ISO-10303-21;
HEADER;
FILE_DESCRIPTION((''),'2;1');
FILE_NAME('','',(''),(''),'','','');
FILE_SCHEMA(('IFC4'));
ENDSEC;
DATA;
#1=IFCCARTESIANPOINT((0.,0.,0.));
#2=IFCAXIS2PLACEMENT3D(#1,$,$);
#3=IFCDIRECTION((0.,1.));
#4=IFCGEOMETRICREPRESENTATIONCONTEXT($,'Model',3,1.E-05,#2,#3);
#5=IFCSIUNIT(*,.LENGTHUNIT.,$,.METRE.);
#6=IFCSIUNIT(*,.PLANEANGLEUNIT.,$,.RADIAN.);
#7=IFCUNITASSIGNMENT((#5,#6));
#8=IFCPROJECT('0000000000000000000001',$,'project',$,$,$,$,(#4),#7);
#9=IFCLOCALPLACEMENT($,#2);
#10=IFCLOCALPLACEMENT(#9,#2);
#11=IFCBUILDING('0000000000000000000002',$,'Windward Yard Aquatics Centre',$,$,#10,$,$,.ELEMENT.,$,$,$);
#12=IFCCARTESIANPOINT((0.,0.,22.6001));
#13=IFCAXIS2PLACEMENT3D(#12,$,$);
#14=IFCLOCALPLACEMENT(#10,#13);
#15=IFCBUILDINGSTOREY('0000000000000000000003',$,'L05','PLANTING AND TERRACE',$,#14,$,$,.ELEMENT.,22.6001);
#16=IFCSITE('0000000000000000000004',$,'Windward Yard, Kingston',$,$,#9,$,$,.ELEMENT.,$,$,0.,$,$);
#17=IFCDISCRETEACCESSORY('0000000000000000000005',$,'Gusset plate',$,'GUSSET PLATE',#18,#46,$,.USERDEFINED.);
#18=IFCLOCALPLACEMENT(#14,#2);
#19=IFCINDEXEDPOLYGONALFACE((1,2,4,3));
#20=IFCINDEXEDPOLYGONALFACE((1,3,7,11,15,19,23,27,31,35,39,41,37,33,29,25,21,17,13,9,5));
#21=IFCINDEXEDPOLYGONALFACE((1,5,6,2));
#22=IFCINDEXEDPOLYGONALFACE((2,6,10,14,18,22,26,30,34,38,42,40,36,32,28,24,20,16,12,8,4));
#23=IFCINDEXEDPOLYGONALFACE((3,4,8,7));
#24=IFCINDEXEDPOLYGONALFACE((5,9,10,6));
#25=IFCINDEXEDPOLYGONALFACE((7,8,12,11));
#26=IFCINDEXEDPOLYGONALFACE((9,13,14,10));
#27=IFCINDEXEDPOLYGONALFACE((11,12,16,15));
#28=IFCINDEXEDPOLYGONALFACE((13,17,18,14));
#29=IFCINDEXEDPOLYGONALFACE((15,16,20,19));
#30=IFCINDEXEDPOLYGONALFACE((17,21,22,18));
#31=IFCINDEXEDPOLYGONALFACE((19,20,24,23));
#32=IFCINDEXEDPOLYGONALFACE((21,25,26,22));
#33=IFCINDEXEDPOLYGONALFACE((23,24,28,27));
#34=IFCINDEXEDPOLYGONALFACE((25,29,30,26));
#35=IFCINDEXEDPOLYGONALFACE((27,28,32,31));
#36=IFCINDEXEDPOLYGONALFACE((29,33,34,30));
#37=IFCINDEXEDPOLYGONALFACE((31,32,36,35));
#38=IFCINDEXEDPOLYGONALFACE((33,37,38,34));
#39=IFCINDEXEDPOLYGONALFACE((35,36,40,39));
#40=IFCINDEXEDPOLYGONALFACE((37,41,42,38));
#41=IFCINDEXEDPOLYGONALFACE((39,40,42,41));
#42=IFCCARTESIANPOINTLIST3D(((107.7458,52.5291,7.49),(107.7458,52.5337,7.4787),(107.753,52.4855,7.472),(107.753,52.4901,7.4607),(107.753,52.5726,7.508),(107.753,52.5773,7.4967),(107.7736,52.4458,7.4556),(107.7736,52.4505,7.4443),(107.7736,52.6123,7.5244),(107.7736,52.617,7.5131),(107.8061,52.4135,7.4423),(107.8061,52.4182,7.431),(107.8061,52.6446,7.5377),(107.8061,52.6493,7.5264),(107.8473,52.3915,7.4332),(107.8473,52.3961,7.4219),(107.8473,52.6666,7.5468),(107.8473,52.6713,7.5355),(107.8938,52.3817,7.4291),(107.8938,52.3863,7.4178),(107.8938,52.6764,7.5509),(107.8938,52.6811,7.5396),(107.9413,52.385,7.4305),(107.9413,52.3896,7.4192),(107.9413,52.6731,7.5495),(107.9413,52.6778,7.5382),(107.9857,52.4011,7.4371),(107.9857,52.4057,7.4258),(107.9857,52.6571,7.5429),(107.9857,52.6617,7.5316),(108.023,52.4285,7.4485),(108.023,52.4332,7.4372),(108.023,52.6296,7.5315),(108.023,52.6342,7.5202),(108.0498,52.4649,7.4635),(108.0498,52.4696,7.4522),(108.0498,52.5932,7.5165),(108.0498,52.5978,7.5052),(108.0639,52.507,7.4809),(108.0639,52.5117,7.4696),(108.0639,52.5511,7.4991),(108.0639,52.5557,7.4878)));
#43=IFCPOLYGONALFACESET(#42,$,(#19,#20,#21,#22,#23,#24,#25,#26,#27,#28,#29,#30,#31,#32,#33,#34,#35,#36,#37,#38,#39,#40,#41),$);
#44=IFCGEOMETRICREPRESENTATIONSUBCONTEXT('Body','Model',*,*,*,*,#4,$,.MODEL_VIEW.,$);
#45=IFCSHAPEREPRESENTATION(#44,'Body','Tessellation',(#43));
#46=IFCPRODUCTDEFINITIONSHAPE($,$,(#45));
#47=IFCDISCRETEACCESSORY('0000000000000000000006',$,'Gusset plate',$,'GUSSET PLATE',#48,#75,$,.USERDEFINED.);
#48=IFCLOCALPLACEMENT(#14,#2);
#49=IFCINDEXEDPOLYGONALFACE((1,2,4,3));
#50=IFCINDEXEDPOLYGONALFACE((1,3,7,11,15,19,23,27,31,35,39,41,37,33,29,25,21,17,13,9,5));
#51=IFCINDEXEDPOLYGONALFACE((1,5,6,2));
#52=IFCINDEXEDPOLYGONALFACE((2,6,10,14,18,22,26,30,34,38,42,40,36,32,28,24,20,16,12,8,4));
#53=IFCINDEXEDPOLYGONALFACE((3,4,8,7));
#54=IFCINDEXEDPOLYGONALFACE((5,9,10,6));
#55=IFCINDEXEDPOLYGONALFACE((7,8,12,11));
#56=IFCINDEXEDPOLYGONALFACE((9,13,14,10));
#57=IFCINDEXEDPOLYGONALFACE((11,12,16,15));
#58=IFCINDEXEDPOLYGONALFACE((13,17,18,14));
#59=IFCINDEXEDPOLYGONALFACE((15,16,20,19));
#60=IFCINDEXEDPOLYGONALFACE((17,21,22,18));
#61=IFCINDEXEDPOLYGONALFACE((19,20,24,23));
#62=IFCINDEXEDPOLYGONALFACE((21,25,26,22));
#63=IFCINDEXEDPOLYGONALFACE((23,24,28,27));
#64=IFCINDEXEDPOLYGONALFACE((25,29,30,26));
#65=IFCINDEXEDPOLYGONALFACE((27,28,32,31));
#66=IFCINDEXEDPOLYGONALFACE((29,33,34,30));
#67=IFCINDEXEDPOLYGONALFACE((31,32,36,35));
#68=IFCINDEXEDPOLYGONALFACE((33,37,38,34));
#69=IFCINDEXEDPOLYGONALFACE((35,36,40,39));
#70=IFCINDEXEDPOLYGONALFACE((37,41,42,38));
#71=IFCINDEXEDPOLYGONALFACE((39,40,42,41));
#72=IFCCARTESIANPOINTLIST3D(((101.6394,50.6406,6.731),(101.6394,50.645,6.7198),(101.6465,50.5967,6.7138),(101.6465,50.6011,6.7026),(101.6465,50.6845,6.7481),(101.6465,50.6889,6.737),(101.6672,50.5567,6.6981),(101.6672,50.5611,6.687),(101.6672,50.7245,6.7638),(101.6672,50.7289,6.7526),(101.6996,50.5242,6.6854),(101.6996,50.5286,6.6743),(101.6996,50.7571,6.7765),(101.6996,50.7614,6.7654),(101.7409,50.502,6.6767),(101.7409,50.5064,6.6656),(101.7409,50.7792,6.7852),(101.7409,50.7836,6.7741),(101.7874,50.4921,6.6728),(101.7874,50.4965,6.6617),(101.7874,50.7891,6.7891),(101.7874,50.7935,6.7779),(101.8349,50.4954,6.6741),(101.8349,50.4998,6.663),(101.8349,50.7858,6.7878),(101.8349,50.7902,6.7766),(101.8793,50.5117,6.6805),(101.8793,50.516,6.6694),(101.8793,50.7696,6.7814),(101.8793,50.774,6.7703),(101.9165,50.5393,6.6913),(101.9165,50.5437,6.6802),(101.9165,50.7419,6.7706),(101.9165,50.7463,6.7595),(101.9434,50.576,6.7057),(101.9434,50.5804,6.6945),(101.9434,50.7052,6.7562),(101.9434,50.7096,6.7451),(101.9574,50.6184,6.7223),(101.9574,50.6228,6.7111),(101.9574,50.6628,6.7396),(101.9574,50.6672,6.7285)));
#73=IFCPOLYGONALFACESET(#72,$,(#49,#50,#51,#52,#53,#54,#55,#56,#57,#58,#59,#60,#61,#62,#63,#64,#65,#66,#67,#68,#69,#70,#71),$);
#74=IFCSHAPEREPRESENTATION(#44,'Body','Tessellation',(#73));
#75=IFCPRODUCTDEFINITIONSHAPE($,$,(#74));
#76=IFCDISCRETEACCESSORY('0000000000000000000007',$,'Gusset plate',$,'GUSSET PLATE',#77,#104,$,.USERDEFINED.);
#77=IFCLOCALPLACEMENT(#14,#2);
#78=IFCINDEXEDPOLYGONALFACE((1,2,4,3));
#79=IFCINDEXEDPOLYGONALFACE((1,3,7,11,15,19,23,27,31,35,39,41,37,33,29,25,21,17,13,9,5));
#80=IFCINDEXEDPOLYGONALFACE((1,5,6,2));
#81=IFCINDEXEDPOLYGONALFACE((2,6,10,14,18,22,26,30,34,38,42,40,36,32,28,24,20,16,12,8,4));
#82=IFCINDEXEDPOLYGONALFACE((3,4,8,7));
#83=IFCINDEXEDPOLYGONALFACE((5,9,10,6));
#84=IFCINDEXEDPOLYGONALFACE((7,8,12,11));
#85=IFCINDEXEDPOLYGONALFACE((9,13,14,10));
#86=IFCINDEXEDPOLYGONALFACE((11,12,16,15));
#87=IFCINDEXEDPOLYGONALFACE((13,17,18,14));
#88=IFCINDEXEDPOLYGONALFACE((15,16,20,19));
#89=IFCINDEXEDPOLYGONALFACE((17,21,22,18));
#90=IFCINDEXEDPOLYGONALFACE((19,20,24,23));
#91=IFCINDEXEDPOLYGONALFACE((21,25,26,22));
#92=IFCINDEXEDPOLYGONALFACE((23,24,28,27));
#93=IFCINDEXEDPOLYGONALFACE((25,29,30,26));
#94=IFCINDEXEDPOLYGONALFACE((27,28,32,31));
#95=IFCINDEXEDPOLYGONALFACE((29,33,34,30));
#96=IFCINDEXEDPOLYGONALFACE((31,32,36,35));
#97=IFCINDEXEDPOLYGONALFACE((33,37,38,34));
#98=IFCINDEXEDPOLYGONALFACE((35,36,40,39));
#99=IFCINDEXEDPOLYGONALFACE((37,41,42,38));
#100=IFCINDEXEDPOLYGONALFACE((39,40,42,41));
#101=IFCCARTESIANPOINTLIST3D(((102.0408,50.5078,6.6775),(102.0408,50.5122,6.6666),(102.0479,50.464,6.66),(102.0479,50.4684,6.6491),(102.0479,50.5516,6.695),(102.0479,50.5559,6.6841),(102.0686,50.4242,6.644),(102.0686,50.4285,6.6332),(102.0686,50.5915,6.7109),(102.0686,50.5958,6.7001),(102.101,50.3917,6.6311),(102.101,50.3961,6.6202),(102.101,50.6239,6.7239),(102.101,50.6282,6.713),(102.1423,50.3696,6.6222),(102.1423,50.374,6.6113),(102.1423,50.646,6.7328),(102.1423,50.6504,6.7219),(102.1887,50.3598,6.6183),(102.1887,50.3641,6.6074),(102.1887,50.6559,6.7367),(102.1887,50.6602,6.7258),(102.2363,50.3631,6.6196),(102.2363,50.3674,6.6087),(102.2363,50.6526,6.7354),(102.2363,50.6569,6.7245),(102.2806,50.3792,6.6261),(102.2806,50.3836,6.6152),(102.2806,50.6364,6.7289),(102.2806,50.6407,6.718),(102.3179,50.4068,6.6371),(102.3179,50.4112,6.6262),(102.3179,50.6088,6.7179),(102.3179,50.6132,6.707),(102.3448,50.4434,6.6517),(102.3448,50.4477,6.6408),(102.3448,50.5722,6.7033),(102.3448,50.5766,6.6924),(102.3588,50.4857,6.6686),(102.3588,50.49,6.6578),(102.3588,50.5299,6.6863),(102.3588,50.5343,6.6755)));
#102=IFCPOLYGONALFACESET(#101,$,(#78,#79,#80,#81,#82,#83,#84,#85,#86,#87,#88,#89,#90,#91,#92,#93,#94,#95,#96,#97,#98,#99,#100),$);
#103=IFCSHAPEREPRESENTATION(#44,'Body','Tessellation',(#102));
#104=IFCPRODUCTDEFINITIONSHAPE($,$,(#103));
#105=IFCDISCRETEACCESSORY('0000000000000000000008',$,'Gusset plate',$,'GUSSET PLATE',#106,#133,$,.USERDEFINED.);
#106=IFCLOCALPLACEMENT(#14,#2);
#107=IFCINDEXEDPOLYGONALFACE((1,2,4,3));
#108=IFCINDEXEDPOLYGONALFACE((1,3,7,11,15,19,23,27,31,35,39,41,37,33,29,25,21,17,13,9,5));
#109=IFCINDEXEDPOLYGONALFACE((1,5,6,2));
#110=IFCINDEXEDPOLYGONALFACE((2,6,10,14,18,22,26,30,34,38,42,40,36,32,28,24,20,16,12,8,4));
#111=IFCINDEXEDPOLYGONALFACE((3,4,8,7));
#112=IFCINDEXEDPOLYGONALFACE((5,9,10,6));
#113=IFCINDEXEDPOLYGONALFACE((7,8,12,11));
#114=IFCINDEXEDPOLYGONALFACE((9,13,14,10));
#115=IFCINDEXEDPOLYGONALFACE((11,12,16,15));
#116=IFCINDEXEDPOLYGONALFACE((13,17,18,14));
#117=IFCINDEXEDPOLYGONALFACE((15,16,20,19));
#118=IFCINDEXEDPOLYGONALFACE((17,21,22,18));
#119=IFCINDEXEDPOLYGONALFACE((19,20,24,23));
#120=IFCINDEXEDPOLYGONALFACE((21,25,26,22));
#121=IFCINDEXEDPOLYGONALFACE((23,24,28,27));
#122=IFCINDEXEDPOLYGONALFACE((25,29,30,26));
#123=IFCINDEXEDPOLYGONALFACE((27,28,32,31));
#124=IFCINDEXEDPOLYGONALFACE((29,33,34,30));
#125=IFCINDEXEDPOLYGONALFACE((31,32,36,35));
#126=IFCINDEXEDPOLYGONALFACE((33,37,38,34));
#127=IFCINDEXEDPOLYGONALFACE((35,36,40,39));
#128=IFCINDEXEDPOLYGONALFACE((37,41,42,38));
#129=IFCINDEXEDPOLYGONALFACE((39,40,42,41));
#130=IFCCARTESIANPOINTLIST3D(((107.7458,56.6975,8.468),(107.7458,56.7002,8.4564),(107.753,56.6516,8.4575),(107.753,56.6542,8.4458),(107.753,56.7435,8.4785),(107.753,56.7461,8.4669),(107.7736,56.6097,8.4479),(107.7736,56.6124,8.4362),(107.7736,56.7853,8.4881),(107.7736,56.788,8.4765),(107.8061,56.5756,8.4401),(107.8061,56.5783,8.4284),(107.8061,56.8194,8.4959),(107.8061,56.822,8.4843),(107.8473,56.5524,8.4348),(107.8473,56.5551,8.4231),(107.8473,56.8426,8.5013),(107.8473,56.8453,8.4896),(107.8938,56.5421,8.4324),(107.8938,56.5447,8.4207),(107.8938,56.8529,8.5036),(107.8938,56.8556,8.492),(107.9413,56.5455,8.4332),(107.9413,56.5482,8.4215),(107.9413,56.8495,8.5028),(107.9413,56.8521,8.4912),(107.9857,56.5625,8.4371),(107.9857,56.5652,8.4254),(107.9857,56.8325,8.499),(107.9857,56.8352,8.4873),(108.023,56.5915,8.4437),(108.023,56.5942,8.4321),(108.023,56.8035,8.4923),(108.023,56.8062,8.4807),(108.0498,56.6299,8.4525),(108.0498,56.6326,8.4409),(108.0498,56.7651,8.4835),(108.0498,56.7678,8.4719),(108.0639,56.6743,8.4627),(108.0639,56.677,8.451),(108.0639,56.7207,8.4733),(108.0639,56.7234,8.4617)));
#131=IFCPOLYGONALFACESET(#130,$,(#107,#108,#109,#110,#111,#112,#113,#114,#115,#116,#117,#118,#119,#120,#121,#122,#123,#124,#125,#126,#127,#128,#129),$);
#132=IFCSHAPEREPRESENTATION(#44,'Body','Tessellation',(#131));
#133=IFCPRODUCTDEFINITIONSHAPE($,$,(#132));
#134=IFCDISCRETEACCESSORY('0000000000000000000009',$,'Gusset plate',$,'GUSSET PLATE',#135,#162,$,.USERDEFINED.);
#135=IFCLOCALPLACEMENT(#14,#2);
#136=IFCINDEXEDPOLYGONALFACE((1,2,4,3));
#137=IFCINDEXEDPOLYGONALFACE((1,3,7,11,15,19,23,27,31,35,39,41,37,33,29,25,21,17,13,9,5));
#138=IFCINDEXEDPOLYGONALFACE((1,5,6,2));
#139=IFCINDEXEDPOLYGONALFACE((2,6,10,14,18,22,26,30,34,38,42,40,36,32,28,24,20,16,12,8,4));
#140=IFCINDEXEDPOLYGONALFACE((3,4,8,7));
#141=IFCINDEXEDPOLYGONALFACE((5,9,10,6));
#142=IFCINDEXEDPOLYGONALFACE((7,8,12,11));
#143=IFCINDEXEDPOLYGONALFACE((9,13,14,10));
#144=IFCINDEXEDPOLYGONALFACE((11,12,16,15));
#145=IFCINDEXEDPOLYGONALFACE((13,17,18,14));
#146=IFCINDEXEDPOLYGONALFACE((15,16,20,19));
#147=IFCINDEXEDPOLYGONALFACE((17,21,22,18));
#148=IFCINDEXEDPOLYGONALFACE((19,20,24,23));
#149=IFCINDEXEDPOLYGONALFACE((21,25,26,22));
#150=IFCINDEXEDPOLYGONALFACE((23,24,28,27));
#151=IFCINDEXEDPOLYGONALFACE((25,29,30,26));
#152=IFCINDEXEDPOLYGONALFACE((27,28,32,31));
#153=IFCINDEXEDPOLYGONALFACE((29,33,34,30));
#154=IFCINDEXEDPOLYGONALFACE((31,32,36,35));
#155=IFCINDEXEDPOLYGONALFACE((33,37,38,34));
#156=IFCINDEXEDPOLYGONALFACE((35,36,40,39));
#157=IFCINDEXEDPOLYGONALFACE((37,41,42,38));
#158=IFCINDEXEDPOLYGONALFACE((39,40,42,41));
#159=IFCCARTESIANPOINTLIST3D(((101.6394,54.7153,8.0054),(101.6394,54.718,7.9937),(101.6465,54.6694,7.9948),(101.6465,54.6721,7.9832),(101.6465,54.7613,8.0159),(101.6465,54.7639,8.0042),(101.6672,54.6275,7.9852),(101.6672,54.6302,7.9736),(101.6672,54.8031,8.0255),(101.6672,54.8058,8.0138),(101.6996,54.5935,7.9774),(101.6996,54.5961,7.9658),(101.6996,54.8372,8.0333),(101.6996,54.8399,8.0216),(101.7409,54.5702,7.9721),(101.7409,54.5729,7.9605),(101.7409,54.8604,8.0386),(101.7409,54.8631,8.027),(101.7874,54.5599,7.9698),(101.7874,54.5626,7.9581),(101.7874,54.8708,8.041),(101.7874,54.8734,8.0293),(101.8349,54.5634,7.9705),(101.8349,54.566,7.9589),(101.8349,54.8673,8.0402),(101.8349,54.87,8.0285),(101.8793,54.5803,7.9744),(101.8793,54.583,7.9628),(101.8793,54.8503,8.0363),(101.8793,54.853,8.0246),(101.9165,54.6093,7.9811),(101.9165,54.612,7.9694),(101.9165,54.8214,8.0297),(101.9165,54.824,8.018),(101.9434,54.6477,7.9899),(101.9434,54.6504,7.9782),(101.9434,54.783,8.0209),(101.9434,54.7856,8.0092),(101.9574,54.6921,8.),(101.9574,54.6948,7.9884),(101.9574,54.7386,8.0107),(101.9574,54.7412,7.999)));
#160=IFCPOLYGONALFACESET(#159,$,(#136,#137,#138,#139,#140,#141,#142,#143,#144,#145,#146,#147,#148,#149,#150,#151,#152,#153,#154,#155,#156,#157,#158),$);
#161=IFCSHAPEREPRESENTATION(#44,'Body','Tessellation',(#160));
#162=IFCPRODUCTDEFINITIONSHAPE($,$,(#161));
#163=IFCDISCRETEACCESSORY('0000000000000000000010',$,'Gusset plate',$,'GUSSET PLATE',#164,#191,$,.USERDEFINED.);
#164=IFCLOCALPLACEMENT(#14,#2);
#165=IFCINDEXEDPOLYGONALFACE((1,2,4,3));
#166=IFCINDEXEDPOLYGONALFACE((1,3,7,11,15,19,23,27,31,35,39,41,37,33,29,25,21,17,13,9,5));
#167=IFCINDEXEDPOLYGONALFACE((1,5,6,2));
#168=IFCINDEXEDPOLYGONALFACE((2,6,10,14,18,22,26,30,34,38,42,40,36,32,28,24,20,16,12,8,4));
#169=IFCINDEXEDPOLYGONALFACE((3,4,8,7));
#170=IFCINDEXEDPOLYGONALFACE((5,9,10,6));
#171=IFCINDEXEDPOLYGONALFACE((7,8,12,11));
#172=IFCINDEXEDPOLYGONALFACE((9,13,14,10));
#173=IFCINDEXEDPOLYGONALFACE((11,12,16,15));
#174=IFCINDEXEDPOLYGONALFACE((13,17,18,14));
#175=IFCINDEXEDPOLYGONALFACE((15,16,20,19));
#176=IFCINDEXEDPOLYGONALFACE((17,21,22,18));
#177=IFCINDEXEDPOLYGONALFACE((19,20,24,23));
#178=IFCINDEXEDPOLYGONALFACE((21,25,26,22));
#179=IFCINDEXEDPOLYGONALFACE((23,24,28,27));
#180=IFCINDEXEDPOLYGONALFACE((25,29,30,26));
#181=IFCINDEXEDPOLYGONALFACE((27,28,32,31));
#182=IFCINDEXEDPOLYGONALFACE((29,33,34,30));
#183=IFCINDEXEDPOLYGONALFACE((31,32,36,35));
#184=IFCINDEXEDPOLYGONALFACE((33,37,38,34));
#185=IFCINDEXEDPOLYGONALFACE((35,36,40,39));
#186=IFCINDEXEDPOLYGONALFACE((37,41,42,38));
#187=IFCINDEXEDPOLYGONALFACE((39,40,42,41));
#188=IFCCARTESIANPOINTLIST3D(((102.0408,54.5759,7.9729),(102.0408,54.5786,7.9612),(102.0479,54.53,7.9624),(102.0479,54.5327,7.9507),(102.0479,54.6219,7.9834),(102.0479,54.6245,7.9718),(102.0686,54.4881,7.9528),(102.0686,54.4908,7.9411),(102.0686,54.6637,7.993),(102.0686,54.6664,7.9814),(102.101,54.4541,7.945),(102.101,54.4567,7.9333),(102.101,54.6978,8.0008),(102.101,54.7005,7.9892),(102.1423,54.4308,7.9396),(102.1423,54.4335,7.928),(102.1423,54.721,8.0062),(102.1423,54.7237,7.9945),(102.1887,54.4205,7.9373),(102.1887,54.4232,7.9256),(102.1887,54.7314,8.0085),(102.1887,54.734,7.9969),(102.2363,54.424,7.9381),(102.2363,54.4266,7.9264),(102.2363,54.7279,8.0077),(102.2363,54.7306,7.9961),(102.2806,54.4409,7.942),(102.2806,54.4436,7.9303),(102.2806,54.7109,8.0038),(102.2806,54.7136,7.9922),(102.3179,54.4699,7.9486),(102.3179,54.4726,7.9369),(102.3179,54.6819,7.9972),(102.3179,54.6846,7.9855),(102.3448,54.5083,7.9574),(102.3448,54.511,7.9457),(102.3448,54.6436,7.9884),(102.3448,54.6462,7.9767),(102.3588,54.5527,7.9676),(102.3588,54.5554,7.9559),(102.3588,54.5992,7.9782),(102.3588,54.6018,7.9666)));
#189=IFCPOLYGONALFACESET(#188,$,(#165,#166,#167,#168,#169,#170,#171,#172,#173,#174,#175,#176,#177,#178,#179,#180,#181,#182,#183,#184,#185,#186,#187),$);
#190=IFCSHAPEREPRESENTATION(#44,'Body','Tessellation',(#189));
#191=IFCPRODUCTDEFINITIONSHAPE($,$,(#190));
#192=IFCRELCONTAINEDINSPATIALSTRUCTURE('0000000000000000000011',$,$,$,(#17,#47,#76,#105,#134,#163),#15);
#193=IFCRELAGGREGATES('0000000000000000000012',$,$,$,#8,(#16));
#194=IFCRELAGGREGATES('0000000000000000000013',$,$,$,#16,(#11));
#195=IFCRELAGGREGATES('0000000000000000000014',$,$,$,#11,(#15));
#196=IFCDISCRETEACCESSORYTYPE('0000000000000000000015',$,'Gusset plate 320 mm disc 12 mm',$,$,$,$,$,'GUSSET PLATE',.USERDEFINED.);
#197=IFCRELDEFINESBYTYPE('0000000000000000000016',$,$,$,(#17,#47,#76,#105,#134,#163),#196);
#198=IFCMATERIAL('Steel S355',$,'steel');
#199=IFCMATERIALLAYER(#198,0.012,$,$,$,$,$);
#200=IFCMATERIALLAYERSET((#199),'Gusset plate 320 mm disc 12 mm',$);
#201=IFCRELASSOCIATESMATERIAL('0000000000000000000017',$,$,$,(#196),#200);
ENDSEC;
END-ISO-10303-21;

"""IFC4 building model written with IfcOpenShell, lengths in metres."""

from ifc_helpers import new_model, si_unit, direction, frame, origin, origin_2d, place, context, subcontext, project, spatial, circle, extrude, material, layer, layer_set, type_object, element, save


model = new_model("IFC4")

# Units and contexts
model_context = context("Model", 3, precision=1e-05, world=origin(), true_north=direction((0.0, 1.0)))
body_context = subcontext(model_context, "Body", "Model", "MODEL_VIEW")
ifc_project = project(units=[si_unit("LENGTHUNIT", "METRE"), si_unit("PLANEANGLEUNIT", "RADIAN")], contexts=[model_context])

# Site, building, storey
site_placement = place(None, origin())
site = spatial("IfcSite", under=ifc_project, at=site_placement, Name="Windward Yard, Kingston", CompositionType="ELEMENT", RefElevation=0.0)
building_placement = place(site_placement, origin())
building = spatial("IfcBuilding", under=site, at=building_placement, Name="Windward Yard Aquatics Centre", CompositionType="ELEMENT")
storey_placement = place(building_placement, frame((0.0, 0.0, 22.6001)))
storey = spatial("IfcBuildingStorey", under=building, at=storey_placement, Name="L05", Description="PLANTING AND TERRACE", CompositionType="ELEMENT", Elevation=22.6001)

# Discrete accessories
ifc_material_1 = material(Name="Steel S355", Category="steel")
ifc_layer_1 = layer(ifc_material_1, 0.012)
ifc_layer_set_1 = layer_set([ifc_layer_1], Name="Gusset plate 320 mm disc 12 mm")
discrete_accessory_type_1 = type_object("IfcDiscreteAccessoryType", Name="Gusset plate 320 mm disc 12 mm", ElementType="GUSSET PLATE", PredefinedType="USERDEFINED", material=ifc_layer_set_1)
discrete_accessory_1_placement = place(storey_placement, frame((107.9058, 52.5291, 7.49), z_axis=(0.0, 0.38176, -0.924261), x_axis=(-1.0, 0.0, 0.0)))
element("IfcDiscreteAccessory", 1, at=discrete_accessory_1_placement, inside=storey, type_object=discrete_accessory_type_1, Name="Gusset plate", ObjectType="GUSSET PLATE", PredefinedType="USERDEFINED", context=body_context, shape_type="SweptSolid", body=[
    extrude(circle(Radius=0.1599, at=origin_2d()), origin(), (0.0, 0.0, 1.0), 0.0122),
])
discrete_accessory_2_placement = place(storey_placement, frame((101.7993, 50.6406, 6.731), z_axis=(0.0, 0.364399, -0.931243), x_axis=(-1.0, 0.0, 0.0)))
element("IfcDiscreteAccessory", 2, at=discrete_accessory_2_placement, inside=storey, type_object=discrete_accessory_type_1, Name="Gusset plate", ObjectType="GUSSET PLATE", PredefinedType="USERDEFINED", context=body_context, shape_type="SweptSolid", body=[
    extrude(circle(Radius=0.1599, at=origin_2d()), origin(), (0.0, 0.0, 1.0), 0.012),
])
discrete_accessory_3_placement = place(storey_placement, frame((102.2007, 50.5078, 6.6775), z_axis=(0.0, 0.371391, -0.928477), x_axis=(-1.0, 0.0, 0.0)))
element("IfcDiscreteAccessory", 3, at=discrete_accessory_3_placement, inside=storey, type_object=discrete_accessory_type_1, Name="Gusset plate", ObjectType="GUSSET PLATE", PredefinedType="USERDEFINED", context=body_context, shape_type="SweptSolid", body=[
    extrude(circle(Radius=0.1599, at=origin_2d()), origin(), (0.0, 0.0, 1.0), 0.0117),
])
for number, where, z_axis, x_axis, name in (
    (4, (107.9058, 56.6975, 8.468), (0.0, 0.223376, -0.974732), (-1.0, 0.0, 0.0), "Gusset plate"),
    (5, (101.7993, 54.7153, 8.0054), (0.0, 0.223376, -0.974732), (-1.0, 0.0, 0.0), "Gusset plate"),
    (6, (102.2007, 54.5759, 7.9729), (0.0, 0.223376, -0.974732), (-1.0, 0.0, 0.0), "Gusset plate"),
):
    element("IfcDiscreteAccessory", number, at=place(storey_placement, frame(where, z_axis=z_axis, x_axis=x_axis)), inside=storey, type_object=discrete_accessory_type_1, Name=name, ObjectType="GUSSET PLATE", PredefinedType="USERDEFINED", context=body_context, shape_type="SweptSolid", body=[
        extrude(circle(Radius=0.1599, at=origin_2d()), origin(), (0.0, 0.0, 1.0), 0.012),
    ])

save(model, "model.ifc")
